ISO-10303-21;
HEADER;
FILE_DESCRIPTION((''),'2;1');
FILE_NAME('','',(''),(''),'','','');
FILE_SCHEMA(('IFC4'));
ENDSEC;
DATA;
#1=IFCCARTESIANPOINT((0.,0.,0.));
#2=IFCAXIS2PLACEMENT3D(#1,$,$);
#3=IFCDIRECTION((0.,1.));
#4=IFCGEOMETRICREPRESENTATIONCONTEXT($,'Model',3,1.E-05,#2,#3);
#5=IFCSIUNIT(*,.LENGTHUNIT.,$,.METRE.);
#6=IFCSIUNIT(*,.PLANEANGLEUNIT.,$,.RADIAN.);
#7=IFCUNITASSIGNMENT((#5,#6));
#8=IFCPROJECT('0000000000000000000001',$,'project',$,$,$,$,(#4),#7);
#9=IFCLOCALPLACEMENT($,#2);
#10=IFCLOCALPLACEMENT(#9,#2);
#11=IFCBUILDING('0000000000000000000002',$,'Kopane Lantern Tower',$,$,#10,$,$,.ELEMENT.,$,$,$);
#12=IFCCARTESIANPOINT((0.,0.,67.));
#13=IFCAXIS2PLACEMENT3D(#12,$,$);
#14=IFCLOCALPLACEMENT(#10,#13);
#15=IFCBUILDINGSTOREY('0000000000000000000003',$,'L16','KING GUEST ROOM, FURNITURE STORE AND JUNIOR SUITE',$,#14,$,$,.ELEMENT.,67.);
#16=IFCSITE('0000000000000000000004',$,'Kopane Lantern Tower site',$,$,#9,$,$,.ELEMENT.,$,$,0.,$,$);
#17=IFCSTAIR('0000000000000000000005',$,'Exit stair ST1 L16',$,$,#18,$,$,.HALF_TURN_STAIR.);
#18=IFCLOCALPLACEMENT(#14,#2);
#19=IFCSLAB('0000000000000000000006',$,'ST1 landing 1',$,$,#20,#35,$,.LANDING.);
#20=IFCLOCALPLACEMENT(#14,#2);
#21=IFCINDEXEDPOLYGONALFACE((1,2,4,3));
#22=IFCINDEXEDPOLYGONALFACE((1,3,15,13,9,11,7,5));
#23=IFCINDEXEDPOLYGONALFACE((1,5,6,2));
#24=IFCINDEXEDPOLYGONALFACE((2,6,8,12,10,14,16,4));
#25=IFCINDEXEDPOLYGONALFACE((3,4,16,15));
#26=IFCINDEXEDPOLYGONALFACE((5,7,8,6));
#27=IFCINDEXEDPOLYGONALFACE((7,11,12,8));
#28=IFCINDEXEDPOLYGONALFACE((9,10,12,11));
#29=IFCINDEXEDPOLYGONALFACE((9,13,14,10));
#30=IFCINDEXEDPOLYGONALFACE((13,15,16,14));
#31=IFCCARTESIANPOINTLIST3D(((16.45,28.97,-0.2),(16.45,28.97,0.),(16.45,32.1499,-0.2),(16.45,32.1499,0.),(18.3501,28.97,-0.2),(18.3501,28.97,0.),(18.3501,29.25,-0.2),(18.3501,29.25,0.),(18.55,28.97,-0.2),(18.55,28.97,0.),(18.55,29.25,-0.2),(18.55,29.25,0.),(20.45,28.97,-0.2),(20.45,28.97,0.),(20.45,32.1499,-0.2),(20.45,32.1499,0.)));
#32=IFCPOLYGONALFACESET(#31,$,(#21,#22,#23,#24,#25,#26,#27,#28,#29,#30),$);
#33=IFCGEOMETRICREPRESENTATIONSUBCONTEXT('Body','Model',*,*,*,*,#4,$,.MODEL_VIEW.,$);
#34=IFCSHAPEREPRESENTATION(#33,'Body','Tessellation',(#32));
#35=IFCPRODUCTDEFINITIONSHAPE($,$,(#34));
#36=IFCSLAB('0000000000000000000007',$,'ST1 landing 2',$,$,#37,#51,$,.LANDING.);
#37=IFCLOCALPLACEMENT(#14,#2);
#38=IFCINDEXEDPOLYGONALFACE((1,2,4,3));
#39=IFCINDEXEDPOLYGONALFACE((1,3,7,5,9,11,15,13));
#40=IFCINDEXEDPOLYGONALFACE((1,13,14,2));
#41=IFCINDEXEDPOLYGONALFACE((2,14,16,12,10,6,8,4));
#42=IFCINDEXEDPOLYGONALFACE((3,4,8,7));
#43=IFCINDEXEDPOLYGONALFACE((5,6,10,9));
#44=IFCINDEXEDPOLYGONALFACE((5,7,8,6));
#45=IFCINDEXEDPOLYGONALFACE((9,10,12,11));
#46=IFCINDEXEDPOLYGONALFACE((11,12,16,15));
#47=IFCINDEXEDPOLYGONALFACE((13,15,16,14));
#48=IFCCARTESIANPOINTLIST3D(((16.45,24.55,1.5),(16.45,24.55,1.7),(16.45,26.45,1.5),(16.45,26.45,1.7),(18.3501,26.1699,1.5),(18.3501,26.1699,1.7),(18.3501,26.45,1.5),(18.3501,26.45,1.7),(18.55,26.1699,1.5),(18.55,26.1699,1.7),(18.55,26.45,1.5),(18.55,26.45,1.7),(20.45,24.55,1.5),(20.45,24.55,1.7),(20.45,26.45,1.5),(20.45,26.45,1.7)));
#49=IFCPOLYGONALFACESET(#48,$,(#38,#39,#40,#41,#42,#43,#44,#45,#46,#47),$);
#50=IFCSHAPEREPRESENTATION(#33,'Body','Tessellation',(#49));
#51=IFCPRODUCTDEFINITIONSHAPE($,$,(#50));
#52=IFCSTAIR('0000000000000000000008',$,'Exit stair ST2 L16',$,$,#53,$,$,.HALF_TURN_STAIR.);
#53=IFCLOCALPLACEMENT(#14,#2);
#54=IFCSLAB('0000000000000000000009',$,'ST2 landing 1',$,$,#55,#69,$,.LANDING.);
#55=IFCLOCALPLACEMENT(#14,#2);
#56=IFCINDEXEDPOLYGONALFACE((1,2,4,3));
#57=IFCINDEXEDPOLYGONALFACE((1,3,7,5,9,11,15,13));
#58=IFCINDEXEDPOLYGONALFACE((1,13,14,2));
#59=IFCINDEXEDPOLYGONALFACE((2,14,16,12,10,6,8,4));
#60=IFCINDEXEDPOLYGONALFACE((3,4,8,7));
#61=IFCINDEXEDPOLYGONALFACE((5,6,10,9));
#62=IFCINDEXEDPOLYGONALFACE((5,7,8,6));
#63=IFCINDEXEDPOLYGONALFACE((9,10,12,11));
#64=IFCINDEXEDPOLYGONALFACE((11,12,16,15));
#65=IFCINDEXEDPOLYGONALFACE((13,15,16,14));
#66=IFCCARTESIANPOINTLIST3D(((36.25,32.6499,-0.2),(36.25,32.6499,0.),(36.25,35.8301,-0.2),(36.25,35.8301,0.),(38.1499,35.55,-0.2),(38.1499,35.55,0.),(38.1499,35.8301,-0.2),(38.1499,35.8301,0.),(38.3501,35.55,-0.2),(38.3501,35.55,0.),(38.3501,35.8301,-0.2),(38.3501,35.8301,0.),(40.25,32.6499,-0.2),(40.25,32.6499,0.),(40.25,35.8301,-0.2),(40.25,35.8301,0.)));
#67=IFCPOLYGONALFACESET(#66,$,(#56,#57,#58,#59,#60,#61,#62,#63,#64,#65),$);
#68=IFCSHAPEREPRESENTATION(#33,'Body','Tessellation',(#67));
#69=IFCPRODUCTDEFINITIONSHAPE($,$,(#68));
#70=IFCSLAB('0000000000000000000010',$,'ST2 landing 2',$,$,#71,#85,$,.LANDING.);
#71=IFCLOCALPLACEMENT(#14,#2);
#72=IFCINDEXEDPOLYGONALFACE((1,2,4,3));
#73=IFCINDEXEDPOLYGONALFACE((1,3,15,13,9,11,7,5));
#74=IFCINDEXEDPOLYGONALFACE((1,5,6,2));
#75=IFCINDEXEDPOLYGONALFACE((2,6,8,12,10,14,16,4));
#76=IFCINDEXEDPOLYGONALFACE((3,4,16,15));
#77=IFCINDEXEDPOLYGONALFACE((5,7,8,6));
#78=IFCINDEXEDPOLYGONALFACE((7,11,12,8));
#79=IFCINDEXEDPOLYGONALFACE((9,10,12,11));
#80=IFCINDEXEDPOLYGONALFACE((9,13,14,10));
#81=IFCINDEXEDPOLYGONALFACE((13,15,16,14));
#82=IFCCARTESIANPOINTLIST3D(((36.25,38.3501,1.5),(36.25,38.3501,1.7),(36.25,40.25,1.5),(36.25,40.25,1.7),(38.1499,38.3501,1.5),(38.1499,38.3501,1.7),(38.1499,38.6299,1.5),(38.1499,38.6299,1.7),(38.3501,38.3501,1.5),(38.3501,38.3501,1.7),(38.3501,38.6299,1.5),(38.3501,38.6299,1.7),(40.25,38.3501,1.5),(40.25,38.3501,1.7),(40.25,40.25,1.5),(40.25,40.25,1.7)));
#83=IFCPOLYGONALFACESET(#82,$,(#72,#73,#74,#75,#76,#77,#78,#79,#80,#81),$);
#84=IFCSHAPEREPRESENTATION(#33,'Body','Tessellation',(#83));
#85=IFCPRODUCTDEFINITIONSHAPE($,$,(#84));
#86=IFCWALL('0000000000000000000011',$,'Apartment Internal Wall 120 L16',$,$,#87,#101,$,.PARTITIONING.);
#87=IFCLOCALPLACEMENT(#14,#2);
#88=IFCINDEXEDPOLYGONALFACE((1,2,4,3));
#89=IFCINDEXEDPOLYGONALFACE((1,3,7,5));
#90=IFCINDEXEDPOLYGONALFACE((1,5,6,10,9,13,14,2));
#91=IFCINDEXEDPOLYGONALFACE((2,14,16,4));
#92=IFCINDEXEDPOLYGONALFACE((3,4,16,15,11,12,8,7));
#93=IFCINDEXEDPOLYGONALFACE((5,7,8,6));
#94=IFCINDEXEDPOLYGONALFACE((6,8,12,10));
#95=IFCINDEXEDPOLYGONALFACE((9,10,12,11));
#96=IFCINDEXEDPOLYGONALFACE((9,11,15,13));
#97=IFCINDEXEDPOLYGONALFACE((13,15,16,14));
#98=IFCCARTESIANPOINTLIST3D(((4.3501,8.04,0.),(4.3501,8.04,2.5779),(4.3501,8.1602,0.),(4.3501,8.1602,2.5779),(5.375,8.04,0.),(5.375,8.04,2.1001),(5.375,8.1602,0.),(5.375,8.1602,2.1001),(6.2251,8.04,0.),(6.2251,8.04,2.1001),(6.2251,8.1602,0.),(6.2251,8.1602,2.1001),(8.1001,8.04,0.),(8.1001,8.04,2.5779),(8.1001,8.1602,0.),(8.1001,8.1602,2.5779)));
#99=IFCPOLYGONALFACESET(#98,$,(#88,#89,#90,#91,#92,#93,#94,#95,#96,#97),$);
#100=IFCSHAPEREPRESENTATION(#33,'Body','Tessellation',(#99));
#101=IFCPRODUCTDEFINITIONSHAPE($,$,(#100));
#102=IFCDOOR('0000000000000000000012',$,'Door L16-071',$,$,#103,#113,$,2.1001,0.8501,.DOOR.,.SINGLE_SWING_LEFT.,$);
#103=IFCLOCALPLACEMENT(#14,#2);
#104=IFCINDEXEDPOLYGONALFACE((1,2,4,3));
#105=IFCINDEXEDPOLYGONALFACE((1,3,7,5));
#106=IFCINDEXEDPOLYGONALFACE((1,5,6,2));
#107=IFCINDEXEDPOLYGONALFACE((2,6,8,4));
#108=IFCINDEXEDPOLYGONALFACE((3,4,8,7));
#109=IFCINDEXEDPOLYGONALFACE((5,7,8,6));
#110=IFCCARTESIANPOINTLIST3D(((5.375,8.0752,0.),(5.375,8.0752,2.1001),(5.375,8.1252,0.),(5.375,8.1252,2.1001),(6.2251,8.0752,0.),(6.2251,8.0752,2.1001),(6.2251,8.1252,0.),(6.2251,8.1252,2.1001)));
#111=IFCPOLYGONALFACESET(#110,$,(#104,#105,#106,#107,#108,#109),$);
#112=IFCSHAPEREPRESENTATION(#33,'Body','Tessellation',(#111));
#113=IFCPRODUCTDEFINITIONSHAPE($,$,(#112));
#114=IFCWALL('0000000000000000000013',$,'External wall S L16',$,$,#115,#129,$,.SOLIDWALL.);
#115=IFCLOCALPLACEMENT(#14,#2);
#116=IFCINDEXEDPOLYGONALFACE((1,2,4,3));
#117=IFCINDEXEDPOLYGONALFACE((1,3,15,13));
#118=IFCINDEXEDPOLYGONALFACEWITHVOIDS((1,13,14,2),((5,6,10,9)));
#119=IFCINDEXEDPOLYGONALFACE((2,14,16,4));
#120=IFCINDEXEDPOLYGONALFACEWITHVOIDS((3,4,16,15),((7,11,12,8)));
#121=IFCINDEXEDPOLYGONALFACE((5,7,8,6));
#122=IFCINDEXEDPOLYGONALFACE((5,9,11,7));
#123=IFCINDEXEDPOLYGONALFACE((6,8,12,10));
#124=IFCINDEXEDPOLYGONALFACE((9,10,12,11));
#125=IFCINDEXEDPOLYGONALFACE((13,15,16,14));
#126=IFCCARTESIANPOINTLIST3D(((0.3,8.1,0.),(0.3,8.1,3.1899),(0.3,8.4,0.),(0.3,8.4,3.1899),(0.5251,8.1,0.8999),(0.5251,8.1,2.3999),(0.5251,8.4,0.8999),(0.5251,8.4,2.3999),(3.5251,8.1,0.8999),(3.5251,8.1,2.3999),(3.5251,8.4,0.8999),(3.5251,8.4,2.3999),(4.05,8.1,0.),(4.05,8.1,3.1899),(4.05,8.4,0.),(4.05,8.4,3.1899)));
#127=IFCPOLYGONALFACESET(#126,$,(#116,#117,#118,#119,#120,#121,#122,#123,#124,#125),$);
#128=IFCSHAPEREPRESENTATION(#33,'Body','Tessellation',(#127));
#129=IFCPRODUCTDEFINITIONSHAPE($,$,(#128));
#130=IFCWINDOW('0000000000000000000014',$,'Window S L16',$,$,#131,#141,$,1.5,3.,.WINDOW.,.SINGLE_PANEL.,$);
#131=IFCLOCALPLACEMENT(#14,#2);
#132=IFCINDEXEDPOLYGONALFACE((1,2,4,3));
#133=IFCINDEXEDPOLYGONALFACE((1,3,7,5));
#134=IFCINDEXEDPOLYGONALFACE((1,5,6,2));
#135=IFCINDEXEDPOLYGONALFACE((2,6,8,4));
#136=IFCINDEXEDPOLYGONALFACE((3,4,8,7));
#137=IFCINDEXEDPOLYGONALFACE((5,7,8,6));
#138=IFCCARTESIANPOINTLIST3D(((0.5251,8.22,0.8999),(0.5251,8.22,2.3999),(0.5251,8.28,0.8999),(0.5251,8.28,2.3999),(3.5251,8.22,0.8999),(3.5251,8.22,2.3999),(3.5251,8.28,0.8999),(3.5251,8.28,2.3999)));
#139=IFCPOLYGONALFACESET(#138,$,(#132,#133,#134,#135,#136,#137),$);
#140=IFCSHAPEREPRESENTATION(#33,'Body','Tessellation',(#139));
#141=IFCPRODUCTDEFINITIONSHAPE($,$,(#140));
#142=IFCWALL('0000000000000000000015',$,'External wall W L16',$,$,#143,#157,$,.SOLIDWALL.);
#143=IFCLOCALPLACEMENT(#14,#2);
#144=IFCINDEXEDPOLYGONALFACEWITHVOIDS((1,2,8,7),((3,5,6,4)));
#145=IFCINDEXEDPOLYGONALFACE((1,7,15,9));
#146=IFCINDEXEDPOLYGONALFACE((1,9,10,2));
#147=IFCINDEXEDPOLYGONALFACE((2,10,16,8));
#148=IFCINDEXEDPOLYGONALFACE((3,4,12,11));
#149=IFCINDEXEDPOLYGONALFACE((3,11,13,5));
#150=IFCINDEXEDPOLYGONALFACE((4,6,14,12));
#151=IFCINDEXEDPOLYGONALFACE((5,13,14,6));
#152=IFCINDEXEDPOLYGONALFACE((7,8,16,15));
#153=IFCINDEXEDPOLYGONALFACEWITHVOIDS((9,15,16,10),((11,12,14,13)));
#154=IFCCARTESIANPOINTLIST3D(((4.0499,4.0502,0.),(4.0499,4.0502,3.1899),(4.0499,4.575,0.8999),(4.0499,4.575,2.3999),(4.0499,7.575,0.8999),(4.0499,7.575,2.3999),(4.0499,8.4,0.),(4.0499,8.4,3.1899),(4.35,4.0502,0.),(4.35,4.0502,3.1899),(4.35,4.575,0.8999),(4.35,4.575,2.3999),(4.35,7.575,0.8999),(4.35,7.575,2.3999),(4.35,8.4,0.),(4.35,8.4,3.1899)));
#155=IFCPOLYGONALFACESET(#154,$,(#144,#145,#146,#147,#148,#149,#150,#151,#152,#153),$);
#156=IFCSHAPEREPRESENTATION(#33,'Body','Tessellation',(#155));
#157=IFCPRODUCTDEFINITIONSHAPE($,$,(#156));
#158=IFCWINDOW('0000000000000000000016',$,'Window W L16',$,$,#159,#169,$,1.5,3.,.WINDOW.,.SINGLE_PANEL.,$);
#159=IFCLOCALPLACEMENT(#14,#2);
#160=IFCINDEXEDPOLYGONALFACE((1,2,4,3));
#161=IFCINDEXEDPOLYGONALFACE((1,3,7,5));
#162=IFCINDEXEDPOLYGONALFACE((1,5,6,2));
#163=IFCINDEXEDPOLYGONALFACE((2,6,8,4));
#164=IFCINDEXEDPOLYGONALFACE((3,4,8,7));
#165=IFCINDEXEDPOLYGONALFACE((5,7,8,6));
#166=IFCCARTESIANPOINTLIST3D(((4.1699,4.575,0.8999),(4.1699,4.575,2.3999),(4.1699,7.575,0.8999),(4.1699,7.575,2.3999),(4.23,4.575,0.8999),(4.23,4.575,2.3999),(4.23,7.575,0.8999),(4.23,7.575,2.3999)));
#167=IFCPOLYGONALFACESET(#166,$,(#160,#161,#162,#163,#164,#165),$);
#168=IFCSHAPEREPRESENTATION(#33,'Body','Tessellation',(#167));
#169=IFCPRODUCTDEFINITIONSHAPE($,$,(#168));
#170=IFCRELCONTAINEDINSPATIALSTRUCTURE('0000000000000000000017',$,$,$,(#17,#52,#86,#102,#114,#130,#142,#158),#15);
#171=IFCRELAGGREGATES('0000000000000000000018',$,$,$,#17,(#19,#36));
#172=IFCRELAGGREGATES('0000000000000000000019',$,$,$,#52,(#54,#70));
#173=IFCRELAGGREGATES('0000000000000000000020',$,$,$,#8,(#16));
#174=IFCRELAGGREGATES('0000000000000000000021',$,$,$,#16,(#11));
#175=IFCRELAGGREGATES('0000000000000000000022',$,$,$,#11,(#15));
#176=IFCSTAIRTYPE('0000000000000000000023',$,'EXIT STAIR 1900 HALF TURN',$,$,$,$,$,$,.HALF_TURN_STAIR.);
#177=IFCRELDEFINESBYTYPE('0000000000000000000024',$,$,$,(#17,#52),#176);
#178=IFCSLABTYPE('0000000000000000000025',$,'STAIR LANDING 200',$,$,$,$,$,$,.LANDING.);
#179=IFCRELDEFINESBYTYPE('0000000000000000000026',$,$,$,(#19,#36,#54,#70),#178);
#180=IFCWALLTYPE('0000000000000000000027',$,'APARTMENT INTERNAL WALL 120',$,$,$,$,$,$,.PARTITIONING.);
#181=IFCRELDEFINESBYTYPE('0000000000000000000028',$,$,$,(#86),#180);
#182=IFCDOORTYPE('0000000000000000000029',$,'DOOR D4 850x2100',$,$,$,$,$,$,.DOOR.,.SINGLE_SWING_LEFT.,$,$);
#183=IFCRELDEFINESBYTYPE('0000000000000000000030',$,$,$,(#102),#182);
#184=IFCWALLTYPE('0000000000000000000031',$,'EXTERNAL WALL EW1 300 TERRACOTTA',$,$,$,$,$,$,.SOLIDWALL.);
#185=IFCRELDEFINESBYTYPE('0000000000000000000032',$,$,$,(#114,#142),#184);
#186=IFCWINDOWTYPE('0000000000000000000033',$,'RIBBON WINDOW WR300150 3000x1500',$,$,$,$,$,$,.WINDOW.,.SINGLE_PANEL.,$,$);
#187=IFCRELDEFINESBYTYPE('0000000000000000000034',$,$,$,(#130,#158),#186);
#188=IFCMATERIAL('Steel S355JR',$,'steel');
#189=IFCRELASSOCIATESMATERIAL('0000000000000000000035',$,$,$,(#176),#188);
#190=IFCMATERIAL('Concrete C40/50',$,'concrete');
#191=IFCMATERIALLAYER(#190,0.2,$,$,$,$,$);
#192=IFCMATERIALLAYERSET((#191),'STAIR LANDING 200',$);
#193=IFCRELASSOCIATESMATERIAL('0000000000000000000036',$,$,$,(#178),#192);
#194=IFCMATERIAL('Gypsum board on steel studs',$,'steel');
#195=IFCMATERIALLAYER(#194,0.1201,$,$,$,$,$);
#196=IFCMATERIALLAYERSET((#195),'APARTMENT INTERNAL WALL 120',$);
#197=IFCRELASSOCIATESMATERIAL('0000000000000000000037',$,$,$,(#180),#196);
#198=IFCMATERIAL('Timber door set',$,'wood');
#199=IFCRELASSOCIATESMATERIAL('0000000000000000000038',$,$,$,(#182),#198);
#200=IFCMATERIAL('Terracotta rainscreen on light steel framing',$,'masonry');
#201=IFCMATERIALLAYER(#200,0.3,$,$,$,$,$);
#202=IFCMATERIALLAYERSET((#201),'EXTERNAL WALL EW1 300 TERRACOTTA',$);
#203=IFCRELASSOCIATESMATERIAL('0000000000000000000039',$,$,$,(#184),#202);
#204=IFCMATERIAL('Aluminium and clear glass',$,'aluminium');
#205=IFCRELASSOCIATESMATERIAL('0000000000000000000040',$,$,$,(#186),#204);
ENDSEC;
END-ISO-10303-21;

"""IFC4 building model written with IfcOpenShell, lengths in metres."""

from ifc_helpers import new_model, si_unit, direction, frame, frame_2d, origin, place, context, subcontext, project, spatial, polyline, rectangle, outline, extrude, material, layer, layer_set, type_object, element, fill, aggregate, save


model = new_model("IFC4")

# Units and contexts
model_context = context("Model", 3, precision=1e-05, world=origin(), true_north=direction((0.0, 1.0)))
body_context = subcontext(model_context, "Body", "Model", "MODEL_VIEW")
ifc_project = project(units=[si_unit("LENGTHUNIT", "METRE"), si_unit("PLANEANGLEUNIT", "RADIAN")], contexts=[model_context])

# Site, building, storey
site_placement = place(None, origin())
site = spatial("IfcSite", under=ifc_project, at=site_placement, Name="Kopane Lantern Tower site", CompositionType="ELEMENT", RefElevation=0.0)
building_placement = place(site_placement, origin())
building = spatial("IfcBuilding", under=site, at=building_placement, Name="Kopane Lantern Tower", CompositionType="ELEMENT")
storey_placement = place(building_placement, frame((0.0, 0.0, 67.0)))
storey = spatial("IfcBuildingStorey", under=building, at=storey_placement, Name="L16", Description="KING GUEST ROOM, FURNITURE STORE AND JUNIOR SUITE", CompositionType="ELEMENT", Elevation=67.0)

# Stairs, slabs
ifc_material_1 = material(Name="Steel S355JR", Category="steel")
stair_type = type_object("IfcStairType", Name="EXIT STAIR 1900 HALF TURN", PredefinedType="HALF_TURN_STAIR", material=ifc_material_1)
stair_1_placement = place(storey_placement, origin())
stair_1 = element("IfcStair", 1, at=stair_1_placement, inside=storey, type_object=stair_type, Name="Exit stair ST1 L16", PredefinedType="HALF_TURN_STAIR")
ifc_material_2 = material(Name="Concrete C40/50", Category="concrete")
ifc_layer_1 = layer(ifc_material_2, 0.2)
ifc_layer_set_1 = layer_set([ifc_layer_1], Name="STAIR LANDING 200")
slab_type_1 = type_object("IfcSlabType", Name="STAIR LANDING 200", PredefinedType="LANDING", material=ifc_layer_set_1)
slab_1_placement = place(storey_placement, frame((0.0, 0.0, -0.2)))
slab_1 = element("IfcSlab", 2, at=slab_1_placement, type_object=slab_type_1, Name="ST1 landing 1", PredefinedType="LANDING", context=body_context, shape_type="SweptSolid", body=[
    extrude(outline(polyline([(18.3501, 29.25), (18.55, 29.25), (18.55, 28.97), (20.45, 28.97), (20.45, 32.1499), (16.45, 32.1499), (16.45, 28.97), (18.3501, 28.97), (18.3501, 29.25)])), origin(), (0.0, 0.0, 1.0), 0.2),
])
slab_2_placement = place(storey_placement, frame((0.0, 0.0, 1.5)))
slab_2 = element("IfcSlab", 3, at=slab_2_placement, type_object=slab_type_1, Name="ST1 landing 2", PredefinedType="LANDING", context=body_context, shape_type="SweptSolid", body=[
    extrude(outline(polyline([(20.45, 26.45), (18.55, 26.45), (18.55, 26.1699), (18.3501, 26.1699), (18.3501, 26.45), (16.45, 26.45), (16.45, 24.55), (20.45, 24.55), (20.45, 26.45)])), origin(), (0.0, 0.0, 1.0), 0.2),
])
aggregate(stair_1, [slab_1, slab_2])
stair_2_placement = place(storey_placement, origin())
stair_2 = element("IfcStair", 4, at=stair_2_placement, inside=storey, type_object=stair_type, Name="Exit stair ST2 L16", PredefinedType="HALF_TURN_STAIR")
slab_3_placement = place(storey_placement, frame((0.0, 0.0, -0.2)))
slab_3 = element("IfcSlab", 5, at=slab_3_placement, type_object=slab_type_1, Name="ST2 landing 1", PredefinedType="LANDING", context=body_context, shape_type="SweptSolid", body=[
    extrude(outline(polyline([(40.25, 35.8301), (38.3501, 35.8301), (38.3501, 35.55), (38.1499, 35.55), (38.1499, 35.8301), (36.25, 35.8301), (36.25, 32.6499), (40.25, 32.6499), (40.25, 35.8301)])), origin(), (0.0, 0.0, 1.0), 0.2),
])
slab_4_placement = place(storey_placement, frame((0.0, 0.0, 1.5)))
slab_4 = element("IfcSlab", 6, at=slab_4_placement, type_object=slab_type_1, Name="ST2 landing 2", PredefinedType="LANDING", context=body_context, shape_type="SweptSolid", body=[
    extrude(outline(polyline([(38.1499, 38.6299), (38.3501, 38.6299), (38.3501, 38.3501), (40.25, 38.3501), (40.25, 40.25), (36.25, 40.25), (36.25, 38.3501), (38.1499, 38.3501), (38.1499, 38.6299)])), origin(), (0.0, 0.0, 1.0), 0.2),
])
aggregate(stair_2, [slab_3, slab_4])

# Wall, opening, door
ifc_material_3 = material(Name="Gypsum board on steel studs", Category="steel")
ifc_layer_2 = layer(ifc_material_3, 0.1201)
ifc_layer_set_2 = layer_set([ifc_layer_2], Name="APARTMENT INTERNAL WALL 120")
wall_type_1 = type_object("IfcWallType", Name="APARTMENT INTERNAL WALL 120", PredefinedType="PARTITIONING", material=ifc_layer_set_2)
wall_1_placement = place(storey_placement, frame((8.1001, 8.1001, 0.0), z_axis=(0.0, 0.0, 1.0), x_axis=(-1.0, 0.0, 0.0)))
wall_1 = element("IfcWall", 7, at=wall_1_placement, inside=storey, type_object=wall_type_1, Name="Apartment Internal Wall 120 L16", PredefinedType="PARTITIONING", context=body_context, shape_type="SweptSolid", body=[
    extrude(rectangle(XDim=3.75, YDim=0.1201, at=frame_2d((1.875, 0.0))), origin(), (0.0, 0.0, 1.0), 2.5779),
])
opening_1_placement = place(wall_1_placement, frame((1.875, 0.0, 0.0)))
opening_1 = element("IfcOpeningElement", 8, at=opening_1_placement, cuts=wall_1, PredefinedType="OPENING", context=body_context, shape_type="SweptSolid", body=[
    extrude(rectangle(XDim=0.8501, YDim=2.1001, at=frame_2d((0.425, 1.05))), frame((0.0, 0.0701, 0.0), z_axis=(0.0, -1.0, 0.0), x_axis=(1.0, 0.0, 0.0)), (0.0, 0.0, 1.0), 0.1401),
])
ifc_material_4 = material(Name="Timber door set", Category="wood")
door_type = type_object("IfcDoorType", Name="DOOR D4 850x2100", OperationType="SINGLE_SWING_LEFT", PredefinedType="DOOR", material=ifc_material_4)
door_placement = place(opening_1_placement, origin())
door = element("IfcDoor", 9, at=door_placement, inside=storey, type_object=door_type, Name="Door L16-071", OperationType="SINGLE_SWING_LEFT", OverallHeight=2.1001, OverallWidth=0.8501, PredefinedType="DOOR", context=body_context, shape_type="SweptSolid", body=[
    extrude(rectangle(XDim=0.8501, YDim=2.1001, at=frame_2d((0.425, 1.05))), frame((0.0, 0.0249, 0.0), z_axis=(0.0, -1.0, 0.0), x_axis=(1.0, 0.0, 0.0)), (0.0, 0.0, 1.0), 0.05),
])
fill(opening_1, door)

# Walls, openings, windows
ifc_material_5 = material(Name="Terracotta rainscreen on light steel framing", Category="masonry")
ifc_layer_3 = layer(ifc_material_5, 0.3)
ifc_layer_set_3 = layer_set([ifc_layer_3], Name="EXTERNAL WALL EW1 300 TERRACOTTA")
wall_type_2 = type_object("IfcWallType", Name="EXTERNAL WALL EW1 300 TERRACOTTA", PredefinedType="SOLIDWALL", material=ifc_layer_set_3)
wall_2_placement = place(storey_placement, frame((0.3, 8.25, 0.0), z_axis=(0.0, 0.0, 1.0), x_axis=(1.0, 0.0, 0.0)))
wall_2 = element("IfcWall", 10, at=wall_2_placement, inside=storey, type_object=wall_type_2, Name="External wall S L16", PredefinedType="SOLIDWALL", context=body_context, shape_type="SweptSolid", body=[
    extrude(rectangle(XDim=3.75, YDim=0.3, at=frame_2d((1.875, 0.0))), origin(), (0.0, 0.0, 1.0), 3.1899),
])
opening_2_placement = place(wall_2_placement, frame((0.2251, 0.0, 0.8999)))
opening_2 = element("IfcOpeningElement", 11, at=opening_2_placement, cuts=wall_2, PredefinedType="OPENING", context=body_context, shape_type="SweptSolid", body=[
    extrude(rectangle(XDim=3.0, YDim=1.5, at=frame_2d((1.5, 0.75))), frame((0.0, 0.1599, 0.0), z_axis=(0.0, -1.0, 0.0), x_axis=(1.0, 0.0, 0.0)), (0.0, 0.0, 1.0), 0.3201),
])
ifc_material_6 = material(Name="Aluminium and clear glass", Category="aluminium")
window_type = type_object("IfcWindowType", Name="RIBBON WINDOW WR300150 3000x1500", PartitioningType="SINGLE_PANEL", PredefinedType="WINDOW", material=ifc_material_6)
window_1_placement = place(opening_2_placement, origin())
window_1 = element("IfcWindow", 12, at=window_1_placement, inside=storey, type_object=window_type, Name="Window S L16", OverallHeight=1.5, OverallWidth=3.0, PartitioningType="SINGLE_PANEL", PredefinedType="WINDOW", context=body_context, shape_type="SweptSolid", body=[
    extrude(rectangle(XDim=3.0, YDim=1.5, at=frame_2d((1.5, 0.75))), frame((0.0, 0.03, 0.0), z_axis=(0.0, -1.0, 0.0), x_axis=(1.0, 0.0, 0.0)), (0.0, 0.0, 1.0), 0.0601),
])
fill(opening_2, window_1)
wall_3_placement = place(storey_placement, frame((4.2, 8.3999, 0.0), z_axis=(0.0, 0.0, 1.0), x_axis=(0.0, -1.0, 0.0)))
wall_3 = element("IfcWall", 13, at=wall_3_placement, inside=storey, type_object=wall_type_2, Name="External wall W L16", PredefinedType="SOLIDWALL", context=body_context, shape_type="SweptSolid", body=[
    extrude(rectangle(XDim=4.3499, YDim=0.3, at=frame_2d((2.1748, 0.0))), origin(), (0.0, 0.0, 1.0), 3.1899),
])
opening_3_placement = place(wall_3_placement, frame((0.825, 0.0, 0.8999)))
opening_3 = element("IfcOpeningElement", 14, at=opening_3_placement, cuts=wall_3, PredefinedType="OPENING", context=body_context, shape_type="SweptSolid", body=[
    extrude(rectangle(XDim=3.0, YDim=1.5, at=frame_2d((1.5, 0.75))), frame((0.0, 0.1599, 0.0), z_axis=(0.0, -1.0, 0.0), x_axis=(1.0, 0.0, 0.0)), (0.0, 0.0, 1.0), 0.3201),
])
window_2_placement = place(opening_3_placement, origin())
window_2 = element("IfcWindow", 15, at=window_2_placement, inside=storey, type_object=window_type, Name="Window W L16", OverallHeight=1.5, OverallWidth=3.0, PartitioningType="SINGLE_PANEL", PredefinedType="WINDOW", context=body_context, shape_type="SweptSolid", body=[
    extrude(rectangle(XDim=3.0, YDim=1.5, at=frame_2d((1.5, 0.75))), frame((0.0, 0.03, 0.0), z_axis=(0.0, -1.0, 0.0), x_axis=(1.0, 0.0, 0.0)), (0.0, 0.0, 1.0), 0.0601),
])
fill(opening_3, window_2)

save(model, "model.ifc")
